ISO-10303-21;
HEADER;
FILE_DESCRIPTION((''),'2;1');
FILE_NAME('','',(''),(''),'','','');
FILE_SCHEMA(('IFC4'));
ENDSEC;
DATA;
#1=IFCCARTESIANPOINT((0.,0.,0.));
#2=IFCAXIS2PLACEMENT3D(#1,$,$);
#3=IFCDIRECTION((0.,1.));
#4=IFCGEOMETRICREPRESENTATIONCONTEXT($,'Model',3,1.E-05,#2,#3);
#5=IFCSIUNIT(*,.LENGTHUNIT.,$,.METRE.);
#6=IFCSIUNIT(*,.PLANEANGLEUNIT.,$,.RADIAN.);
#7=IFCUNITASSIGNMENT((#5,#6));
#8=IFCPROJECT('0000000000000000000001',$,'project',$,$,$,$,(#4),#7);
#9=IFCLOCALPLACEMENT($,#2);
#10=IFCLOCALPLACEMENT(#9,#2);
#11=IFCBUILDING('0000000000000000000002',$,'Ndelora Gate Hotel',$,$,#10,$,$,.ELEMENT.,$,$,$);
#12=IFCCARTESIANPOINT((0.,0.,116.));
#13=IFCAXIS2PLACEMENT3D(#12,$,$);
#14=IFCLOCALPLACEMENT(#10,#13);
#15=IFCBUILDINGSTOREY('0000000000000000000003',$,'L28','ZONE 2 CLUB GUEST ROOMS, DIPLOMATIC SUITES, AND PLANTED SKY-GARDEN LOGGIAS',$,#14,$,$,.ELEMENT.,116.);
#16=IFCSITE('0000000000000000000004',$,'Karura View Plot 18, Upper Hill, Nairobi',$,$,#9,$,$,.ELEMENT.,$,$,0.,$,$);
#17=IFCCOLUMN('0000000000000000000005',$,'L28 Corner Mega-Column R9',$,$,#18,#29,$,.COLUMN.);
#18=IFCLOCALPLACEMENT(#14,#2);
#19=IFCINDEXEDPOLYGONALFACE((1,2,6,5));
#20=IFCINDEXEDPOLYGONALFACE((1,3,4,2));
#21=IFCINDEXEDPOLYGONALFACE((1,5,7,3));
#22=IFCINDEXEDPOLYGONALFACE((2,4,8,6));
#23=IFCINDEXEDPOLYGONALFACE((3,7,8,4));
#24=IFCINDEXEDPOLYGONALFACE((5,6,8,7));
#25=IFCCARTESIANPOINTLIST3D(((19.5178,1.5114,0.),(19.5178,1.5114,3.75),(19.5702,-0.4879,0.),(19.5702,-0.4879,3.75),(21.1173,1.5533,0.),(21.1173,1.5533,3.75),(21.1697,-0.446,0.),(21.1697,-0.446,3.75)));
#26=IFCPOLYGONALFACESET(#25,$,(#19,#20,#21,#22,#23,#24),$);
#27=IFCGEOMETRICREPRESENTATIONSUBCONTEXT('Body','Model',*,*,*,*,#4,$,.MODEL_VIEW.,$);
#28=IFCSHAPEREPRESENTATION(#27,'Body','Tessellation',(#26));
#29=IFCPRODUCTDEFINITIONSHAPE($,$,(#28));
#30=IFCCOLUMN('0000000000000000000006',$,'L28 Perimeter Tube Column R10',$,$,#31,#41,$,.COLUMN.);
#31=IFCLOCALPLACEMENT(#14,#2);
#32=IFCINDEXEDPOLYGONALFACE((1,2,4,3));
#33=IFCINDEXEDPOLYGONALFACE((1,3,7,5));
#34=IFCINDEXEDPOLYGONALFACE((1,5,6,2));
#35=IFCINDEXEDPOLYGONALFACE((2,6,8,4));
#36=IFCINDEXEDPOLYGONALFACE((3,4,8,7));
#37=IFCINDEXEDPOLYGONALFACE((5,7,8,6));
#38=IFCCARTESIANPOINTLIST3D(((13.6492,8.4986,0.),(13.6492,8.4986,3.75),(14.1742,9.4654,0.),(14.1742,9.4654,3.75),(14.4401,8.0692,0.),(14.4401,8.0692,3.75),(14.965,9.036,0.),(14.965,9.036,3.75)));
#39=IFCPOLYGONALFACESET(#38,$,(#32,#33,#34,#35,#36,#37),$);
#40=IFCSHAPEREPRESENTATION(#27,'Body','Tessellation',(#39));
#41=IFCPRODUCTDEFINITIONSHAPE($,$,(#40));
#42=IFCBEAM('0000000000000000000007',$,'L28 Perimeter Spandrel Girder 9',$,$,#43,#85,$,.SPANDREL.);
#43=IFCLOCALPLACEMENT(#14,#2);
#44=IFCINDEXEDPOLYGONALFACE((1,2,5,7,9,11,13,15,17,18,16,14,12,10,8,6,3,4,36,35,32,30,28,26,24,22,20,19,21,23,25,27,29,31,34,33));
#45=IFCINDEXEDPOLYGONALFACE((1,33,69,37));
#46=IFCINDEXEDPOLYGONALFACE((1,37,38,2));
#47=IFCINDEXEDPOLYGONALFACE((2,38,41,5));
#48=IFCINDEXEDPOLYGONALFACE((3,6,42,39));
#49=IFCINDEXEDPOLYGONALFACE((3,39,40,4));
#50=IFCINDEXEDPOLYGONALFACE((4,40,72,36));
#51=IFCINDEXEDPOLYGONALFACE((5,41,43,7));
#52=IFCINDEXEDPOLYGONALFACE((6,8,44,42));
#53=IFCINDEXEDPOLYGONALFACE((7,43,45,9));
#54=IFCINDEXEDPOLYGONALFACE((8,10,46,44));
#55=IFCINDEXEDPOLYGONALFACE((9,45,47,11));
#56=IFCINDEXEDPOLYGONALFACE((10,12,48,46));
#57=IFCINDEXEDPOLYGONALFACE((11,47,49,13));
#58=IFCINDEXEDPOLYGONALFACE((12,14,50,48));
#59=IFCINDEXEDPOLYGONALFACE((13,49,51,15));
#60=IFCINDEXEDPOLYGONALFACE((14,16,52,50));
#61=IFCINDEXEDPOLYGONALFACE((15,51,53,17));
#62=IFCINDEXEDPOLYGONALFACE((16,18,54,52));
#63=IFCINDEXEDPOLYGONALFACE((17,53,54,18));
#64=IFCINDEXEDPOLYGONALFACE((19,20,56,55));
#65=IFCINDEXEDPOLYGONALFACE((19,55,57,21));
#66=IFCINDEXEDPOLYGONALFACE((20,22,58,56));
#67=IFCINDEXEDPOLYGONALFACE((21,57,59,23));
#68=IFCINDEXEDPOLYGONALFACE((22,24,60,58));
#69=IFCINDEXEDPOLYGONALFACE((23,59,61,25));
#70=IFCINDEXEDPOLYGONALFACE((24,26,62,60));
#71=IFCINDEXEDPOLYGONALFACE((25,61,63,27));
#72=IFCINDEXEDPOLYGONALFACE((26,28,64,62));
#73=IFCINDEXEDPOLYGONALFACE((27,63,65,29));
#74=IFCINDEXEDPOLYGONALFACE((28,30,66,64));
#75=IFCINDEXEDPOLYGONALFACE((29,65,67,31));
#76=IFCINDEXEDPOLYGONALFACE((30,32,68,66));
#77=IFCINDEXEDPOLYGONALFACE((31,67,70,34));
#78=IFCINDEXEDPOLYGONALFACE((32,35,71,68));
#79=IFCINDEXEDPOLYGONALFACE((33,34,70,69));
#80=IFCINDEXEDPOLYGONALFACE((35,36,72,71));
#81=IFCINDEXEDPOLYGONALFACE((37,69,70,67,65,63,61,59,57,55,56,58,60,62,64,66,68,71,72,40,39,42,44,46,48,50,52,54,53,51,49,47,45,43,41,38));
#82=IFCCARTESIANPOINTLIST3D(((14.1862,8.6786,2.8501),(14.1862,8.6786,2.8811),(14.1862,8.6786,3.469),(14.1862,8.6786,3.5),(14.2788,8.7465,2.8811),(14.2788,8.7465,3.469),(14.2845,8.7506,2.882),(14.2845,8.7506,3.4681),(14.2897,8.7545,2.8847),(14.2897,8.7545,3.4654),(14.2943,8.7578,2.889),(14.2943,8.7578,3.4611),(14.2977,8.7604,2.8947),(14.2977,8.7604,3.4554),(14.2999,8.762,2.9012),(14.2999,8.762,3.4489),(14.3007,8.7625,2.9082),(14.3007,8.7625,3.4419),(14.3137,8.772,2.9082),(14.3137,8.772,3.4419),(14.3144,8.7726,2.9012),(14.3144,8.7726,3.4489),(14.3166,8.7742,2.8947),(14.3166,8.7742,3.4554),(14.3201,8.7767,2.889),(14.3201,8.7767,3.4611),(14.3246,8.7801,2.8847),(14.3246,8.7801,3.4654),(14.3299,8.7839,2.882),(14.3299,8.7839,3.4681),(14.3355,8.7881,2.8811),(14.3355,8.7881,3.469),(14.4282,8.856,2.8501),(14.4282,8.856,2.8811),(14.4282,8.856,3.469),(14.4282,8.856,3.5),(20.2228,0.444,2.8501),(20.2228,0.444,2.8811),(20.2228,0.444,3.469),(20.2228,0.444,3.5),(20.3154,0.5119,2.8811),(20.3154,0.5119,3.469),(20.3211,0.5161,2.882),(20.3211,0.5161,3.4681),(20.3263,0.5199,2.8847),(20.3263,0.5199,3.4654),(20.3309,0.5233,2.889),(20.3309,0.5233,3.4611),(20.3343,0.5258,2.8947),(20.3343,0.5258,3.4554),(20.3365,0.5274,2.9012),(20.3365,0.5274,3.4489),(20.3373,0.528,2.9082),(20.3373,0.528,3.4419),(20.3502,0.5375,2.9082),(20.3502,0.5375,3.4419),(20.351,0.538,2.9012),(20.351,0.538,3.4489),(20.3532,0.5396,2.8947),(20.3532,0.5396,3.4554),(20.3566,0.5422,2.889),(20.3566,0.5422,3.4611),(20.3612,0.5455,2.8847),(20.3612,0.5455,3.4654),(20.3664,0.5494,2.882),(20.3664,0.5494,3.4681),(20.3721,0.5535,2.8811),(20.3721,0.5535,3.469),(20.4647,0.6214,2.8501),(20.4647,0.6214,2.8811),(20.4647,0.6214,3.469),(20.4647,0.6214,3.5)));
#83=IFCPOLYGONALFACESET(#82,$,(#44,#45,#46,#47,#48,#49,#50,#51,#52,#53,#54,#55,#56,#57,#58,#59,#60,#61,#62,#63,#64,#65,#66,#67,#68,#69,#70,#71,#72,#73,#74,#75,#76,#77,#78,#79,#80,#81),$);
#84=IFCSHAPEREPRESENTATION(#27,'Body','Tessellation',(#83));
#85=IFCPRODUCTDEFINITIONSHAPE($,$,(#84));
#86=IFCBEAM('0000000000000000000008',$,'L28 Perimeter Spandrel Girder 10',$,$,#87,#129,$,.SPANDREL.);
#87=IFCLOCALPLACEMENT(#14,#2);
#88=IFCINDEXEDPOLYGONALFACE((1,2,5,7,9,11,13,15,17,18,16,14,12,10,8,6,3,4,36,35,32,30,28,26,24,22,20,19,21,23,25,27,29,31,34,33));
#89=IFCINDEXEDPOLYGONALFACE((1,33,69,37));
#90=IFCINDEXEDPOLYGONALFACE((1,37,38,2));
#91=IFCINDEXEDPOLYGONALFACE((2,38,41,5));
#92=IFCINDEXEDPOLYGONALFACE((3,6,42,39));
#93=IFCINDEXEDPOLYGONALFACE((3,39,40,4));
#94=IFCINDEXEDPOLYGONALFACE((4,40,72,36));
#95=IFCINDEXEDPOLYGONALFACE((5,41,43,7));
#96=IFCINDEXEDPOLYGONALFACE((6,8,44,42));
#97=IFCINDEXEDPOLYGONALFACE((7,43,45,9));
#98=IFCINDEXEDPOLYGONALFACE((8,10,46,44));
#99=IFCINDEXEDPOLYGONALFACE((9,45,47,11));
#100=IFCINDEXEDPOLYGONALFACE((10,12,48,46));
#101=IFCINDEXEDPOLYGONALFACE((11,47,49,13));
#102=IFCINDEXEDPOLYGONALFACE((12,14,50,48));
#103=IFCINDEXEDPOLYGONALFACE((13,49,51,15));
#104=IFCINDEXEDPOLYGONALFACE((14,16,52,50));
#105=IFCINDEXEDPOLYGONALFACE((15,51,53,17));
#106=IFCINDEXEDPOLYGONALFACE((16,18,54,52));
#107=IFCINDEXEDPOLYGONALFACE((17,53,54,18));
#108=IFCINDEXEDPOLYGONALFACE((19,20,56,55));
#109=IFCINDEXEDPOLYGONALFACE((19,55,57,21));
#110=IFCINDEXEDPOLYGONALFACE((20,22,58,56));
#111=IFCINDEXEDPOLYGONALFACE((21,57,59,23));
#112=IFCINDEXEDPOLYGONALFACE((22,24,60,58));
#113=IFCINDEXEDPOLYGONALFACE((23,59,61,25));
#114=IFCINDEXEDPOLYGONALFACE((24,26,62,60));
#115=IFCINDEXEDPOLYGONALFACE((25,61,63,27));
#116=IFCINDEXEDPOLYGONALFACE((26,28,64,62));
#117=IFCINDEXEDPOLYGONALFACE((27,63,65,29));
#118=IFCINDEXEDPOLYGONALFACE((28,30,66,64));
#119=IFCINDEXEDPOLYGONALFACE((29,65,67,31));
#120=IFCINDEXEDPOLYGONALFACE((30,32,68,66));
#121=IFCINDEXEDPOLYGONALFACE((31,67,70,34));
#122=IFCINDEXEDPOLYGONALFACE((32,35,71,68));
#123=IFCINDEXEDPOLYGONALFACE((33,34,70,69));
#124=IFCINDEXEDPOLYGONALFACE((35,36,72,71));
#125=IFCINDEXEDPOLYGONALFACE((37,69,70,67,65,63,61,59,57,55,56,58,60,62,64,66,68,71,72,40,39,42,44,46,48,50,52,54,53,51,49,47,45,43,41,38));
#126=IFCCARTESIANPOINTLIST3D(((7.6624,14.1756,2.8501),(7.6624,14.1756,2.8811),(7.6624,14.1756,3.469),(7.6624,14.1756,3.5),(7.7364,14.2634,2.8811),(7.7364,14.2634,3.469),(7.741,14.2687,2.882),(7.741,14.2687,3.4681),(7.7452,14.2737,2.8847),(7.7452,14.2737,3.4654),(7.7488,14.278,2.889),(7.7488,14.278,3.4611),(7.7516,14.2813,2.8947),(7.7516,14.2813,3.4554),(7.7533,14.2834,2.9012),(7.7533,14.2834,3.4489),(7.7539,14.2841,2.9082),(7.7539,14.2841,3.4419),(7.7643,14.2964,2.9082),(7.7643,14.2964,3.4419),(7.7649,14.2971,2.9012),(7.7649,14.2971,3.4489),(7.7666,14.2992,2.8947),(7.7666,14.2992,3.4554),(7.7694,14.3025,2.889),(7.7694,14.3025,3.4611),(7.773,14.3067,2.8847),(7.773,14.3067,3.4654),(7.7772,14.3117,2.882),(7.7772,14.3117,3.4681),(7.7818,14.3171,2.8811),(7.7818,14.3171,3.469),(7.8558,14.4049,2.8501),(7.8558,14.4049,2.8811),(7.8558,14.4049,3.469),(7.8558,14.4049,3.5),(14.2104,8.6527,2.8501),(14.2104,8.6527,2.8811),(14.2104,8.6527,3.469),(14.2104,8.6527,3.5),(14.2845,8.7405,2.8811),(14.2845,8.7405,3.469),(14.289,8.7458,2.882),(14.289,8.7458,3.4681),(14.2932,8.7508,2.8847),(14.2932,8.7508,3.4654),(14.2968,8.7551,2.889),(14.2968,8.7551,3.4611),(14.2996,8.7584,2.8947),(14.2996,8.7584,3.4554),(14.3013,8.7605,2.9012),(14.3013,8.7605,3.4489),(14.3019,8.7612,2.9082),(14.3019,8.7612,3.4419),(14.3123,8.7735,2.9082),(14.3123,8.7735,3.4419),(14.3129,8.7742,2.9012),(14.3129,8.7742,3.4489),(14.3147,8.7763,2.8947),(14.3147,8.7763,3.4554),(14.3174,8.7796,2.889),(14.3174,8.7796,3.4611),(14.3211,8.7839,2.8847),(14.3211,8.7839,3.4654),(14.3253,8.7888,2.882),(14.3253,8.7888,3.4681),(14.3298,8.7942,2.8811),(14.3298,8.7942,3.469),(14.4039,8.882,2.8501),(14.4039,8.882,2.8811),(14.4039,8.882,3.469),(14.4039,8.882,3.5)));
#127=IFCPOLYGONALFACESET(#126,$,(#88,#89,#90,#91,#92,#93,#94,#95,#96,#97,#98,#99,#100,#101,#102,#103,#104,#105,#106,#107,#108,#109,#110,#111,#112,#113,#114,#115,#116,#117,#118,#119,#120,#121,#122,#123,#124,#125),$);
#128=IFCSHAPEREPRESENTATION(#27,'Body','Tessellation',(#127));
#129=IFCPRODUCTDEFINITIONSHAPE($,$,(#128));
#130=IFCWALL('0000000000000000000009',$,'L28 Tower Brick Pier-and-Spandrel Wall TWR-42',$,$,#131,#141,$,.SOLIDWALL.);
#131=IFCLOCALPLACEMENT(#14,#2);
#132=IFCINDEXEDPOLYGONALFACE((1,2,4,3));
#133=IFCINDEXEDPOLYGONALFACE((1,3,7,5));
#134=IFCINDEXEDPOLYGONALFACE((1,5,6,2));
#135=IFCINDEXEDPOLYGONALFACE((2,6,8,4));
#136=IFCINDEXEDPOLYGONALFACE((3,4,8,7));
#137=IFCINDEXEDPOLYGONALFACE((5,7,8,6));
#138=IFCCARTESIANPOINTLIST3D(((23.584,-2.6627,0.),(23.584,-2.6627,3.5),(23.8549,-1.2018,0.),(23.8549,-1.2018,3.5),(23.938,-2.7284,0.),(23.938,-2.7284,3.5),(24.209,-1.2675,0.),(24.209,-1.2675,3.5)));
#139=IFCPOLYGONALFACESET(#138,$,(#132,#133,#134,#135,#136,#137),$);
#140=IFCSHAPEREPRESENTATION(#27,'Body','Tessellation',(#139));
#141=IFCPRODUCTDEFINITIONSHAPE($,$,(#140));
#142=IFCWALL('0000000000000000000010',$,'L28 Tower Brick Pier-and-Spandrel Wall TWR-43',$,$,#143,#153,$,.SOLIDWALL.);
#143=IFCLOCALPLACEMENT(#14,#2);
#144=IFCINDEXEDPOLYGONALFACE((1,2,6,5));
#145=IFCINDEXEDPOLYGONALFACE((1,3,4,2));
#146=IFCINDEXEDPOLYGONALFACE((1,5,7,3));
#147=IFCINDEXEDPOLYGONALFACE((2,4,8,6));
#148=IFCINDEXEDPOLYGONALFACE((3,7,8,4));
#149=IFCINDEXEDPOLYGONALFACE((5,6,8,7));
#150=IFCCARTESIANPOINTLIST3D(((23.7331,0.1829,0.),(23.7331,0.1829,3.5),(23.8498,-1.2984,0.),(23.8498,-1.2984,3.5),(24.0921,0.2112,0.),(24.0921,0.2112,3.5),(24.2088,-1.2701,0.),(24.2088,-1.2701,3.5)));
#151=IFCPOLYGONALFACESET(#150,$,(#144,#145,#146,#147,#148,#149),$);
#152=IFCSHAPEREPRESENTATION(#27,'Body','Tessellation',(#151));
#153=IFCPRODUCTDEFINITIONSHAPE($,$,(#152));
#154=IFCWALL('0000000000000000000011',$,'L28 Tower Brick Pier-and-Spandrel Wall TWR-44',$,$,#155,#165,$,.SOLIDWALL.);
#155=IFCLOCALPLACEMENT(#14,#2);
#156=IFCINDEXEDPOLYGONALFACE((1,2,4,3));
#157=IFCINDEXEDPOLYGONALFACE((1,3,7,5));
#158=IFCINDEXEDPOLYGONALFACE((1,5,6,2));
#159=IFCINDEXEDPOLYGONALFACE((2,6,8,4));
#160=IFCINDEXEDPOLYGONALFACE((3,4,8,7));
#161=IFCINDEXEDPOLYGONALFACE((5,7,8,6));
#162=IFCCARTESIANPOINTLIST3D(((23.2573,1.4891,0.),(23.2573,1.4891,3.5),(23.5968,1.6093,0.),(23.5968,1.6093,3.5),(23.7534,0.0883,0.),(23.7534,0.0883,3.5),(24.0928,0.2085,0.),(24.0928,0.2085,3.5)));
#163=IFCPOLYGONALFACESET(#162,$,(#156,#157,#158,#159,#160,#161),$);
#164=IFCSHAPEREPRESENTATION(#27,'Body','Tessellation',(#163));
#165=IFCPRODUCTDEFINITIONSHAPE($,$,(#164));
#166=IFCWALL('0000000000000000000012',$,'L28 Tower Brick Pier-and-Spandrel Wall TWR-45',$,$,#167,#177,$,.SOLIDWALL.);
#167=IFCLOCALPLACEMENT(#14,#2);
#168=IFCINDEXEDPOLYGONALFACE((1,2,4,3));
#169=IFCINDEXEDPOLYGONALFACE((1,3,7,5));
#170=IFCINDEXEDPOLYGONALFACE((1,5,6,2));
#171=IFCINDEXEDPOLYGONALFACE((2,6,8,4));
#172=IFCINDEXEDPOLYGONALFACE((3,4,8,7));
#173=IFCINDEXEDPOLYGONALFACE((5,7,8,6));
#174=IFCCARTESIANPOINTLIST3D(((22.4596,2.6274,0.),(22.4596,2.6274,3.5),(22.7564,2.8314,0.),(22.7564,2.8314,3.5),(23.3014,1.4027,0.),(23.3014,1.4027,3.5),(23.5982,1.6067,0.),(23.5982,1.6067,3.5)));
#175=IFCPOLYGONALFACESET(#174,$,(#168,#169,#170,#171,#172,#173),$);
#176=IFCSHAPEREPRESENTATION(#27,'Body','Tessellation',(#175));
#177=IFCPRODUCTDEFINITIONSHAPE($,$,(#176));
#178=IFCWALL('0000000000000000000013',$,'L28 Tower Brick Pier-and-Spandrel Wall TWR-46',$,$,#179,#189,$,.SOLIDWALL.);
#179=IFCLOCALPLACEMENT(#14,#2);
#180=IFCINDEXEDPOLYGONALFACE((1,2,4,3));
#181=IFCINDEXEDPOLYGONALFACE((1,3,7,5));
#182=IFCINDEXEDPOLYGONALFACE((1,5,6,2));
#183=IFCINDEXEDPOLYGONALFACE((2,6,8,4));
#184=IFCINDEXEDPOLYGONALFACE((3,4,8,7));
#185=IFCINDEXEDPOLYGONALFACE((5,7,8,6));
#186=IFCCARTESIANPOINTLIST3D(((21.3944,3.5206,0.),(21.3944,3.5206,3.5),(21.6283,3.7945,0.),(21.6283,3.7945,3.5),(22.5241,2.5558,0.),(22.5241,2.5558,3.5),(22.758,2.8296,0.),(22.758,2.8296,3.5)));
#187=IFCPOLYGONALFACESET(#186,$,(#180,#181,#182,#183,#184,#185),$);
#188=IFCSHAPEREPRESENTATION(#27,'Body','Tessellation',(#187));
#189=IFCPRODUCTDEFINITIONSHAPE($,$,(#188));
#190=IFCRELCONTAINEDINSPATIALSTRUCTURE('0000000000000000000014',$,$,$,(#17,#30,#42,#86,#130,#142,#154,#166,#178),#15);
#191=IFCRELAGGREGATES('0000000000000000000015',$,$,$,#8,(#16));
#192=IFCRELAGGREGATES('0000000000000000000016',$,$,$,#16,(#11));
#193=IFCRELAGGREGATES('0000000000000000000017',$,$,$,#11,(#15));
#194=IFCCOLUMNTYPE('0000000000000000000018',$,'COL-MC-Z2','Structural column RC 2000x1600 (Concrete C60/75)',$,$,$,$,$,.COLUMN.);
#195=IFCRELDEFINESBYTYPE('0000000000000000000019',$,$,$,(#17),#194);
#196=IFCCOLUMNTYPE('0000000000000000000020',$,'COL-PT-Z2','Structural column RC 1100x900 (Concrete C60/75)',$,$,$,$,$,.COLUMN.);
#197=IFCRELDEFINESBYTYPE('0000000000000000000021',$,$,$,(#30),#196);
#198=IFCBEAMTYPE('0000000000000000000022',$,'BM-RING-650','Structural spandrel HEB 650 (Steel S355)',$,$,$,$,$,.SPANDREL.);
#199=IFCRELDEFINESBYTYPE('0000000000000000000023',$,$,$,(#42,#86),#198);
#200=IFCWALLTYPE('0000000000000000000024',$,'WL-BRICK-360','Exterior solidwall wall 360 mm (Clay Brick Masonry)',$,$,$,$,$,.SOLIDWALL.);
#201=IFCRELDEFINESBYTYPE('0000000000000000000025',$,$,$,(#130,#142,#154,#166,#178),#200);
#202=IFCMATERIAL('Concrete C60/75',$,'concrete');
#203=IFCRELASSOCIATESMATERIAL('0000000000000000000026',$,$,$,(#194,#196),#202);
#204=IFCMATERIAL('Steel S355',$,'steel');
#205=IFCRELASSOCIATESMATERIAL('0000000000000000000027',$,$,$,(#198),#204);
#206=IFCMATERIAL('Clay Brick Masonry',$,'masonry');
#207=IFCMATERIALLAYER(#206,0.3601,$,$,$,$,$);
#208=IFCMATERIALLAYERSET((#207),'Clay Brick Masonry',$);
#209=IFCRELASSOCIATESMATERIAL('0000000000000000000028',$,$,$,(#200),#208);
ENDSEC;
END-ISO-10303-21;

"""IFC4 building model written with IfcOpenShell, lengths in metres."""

from ifc_helpers import new_model, si_unit, direction, frame, frame_2d, origin, origin_2d, place, context, subcontext, project, spatial, rectangle, i_section, extrude, material, layer, layer_set, material_profile, profile_set, type_object, element, save


model = new_model("IFC4")

# Units and contexts
model_context = context("Model", 3, precision=1e-05, world=origin(), true_north=direction((0.0, 1.0)))
body_context = subcontext(model_context, "Body", "Model", "MODEL_VIEW")
ifc_project = project(units=[si_unit("LENGTHUNIT", "METRE"), si_unit("PLANEANGLEUNIT", "RADIAN")], contexts=[model_context])

# Site, building, storey
site_placement = place(None, origin())
site = spatial("IfcSite", under=ifc_project, at=site_placement, Name="Karura View Plot 18, Upper Hill, Nairobi", CompositionType="ELEMENT", RefElevation=0.0)
building_placement = place(site_placement, origin())
building = spatial("IfcBuilding", under=site, at=building_placement, Name="Ndelora Gate Hotel", CompositionType="ELEMENT")
storey_placement = place(building_placement, frame((0.0, 0.0, 116.0)))
storey = spatial("IfcBuildingStorey", under=building, at=storey_placement, Name="L28", Description="ZONE 2 CLUB GUEST ROOMS, DIPLOMATIC SUITES, AND PLANTED SKY-GARDEN LOGGIAS", CompositionType="ELEMENT", Elevation=116.0)

# Columns
ifc_material_1 = material(Name="Concrete C60/75", Category="concrete")
ifc_material_profile_1 = material_profile(ifc_material_1, rectangle(XDim=1.6001, YDim=2.0, at=origin_2d()), Name="RC 2000x1600")
ifc_profile_set_1 = profile_set([ifc_material_profile_1], Name="Concrete C60/75")
column_type_1 = type_object("IfcColumnType", Name="COL-MC-Z2", Description="Structural column RC 2000x1600 (Concrete C60/75)", PredefinedType="COLUMN", material=ifc_profile_set_1)
column_1_placement = place(storey_placement, frame((20.3438, 0.5327, 0.0), z_axis=(0.0, 0.0, 1.0), x_axis=(0.999657, 0.026177, 0.0)))
element("IfcColumn", 1, at=column_1_placement, inside=storey, type_object=column_type_1, Name="L28 Corner Mega-Column R9", PredefinedType="COLUMN", context=body_context, shape_type="SweptSolid", body=[
    extrude(rectangle(XDim=1.6001, YDim=2.0, at=origin_2d()), origin(), (0.0, 0.0, 1.0), 3.75),
])
ifc_material_profile_2 = material_profile(ifc_material_1, rectangle(XDim=0.8999, YDim=1.1001, at=origin_2d()), Name="RC 1100x900")
ifc_profile_set_2 = profile_set([ifc_material_profile_2], Name="Concrete C60/75")
column_type_2 = type_object("IfcColumnType", Name="COL-PT-Z2", Description="Structural column RC 1100x900 (Concrete C60/75)", PredefinedType="COLUMN", material=ifc_profile_set_2)
column_2_placement = place(storey_placement, frame((14.3071, 8.7673, 0.0), z_axis=(0.0, 0.0, 1.0), x_axis=(-0.878817, 0.477159, 0.0)))
element("IfcColumn", 2, at=column_2_placement, inside=storey, type_object=column_type_2, Name="L28 Perimeter Tube Column R10", PredefinedType="COLUMN", context=body_context, shape_type="SweptSolid", body=[
    extrude(rectangle(XDim=0.8999, YDim=1.1001, at=origin_2d()), origin(), (0.0, 0.0, 1.0), 3.75),
])

# Beams
ifc_material_2 = material(Name="Steel S355", Category="steel")
ifc_material_profile_3 = material_profile(ifc_material_2, i_section(OverallWidth=0.3, OverallDepth=0.6499, WebThickness=0.0161, FlangeThickness=0.031, FilletRadius=0.0271, at=origin_2d()), Name="HEB 650")
ifc_profile_set_3 = profile_set([ifc_material_profile_3], Name="Steel S355")
beam_type = type_object("IfcBeamType", Name="BM-RING-650", Description="Structural spandrel HEB 650 (Steel S355)", PredefinedType="SPANDREL", material=ifc_profile_set_3)
beam_1_placement = place(storey_placement, frame((20.3438, 0.5327, 3.175), z_axis=(-0.59123, 0.806503, 0.0), x_axis=(-0.806503, -0.59123, 0.0)))
element("IfcBeam", 3, at=beam_1_placement, inside=storey, type_object=beam_type, Name="L28 Perimeter Spandrel Girder 9", PredefinedType="SPANDREL", context=body_context, shape_type="SweptSolid", body=[
    extrude(i_section(OverallWidth=0.3, OverallDepth=0.6499, WebThickness=0.0161, FlangeThickness=0.031, FilletRadius=0.0271, at=origin_2d()), origin(), (0.0, 0.0, 1.0), 10.2102),
])
beam_2_placement = place(storey_placement, frame((14.3071, 8.7673, 3.175), z_axis=(-0.764407, 0.644734, 0.0), x_axis=(-0.644734, -0.764407, 0.0)))
element("IfcBeam", 4, at=beam_2_placement, inside=storey, type_object=beam_type, Name="L28 Perimeter Spandrel Girder 10", PredefinedType="SPANDREL", context=body_context, shape_type="SweptSolid", body=[
    extrude(i_section(OverallWidth=0.3, OverallDepth=0.6499, WebThickness=0.0161, FlangeThickness=0.031, FilletRadius=0.0271, at=origin_2d()), origin(), (0.0, 0.0, 1.0), 8.5662),
])

# Walls
ifc_material_3 = material(Name="Clay Brick Masonry", Category="masonry")
ifc_layer_1 = layer(ifc_material_3, 0.3601)
ifc_layer_set_1 = layer_set([ifc_layer_1], Name="Clay Brick Masonry")
wall_type_1 = type_object("IfcWallType", Name="WL-BRICK-360", Description="Exterior solidwall wall 360 mm (Clay Brick Masonry)", PredefinedType="SOLIDWALL", material=ifc_layer_set_1)
for number, where, z_axis, x_axis, name in (
    (5, (24.032, -1.2346, 0.0), (0.0, 0.0, 1.0), (-0.182383, -0.983227, 0.0), "L28 Tower Brick Pier-and-Spandrel Wall TWR-42"),
    (6, (23.9126, 0.197, 0.0), (0.0, 0.0, 1.0), (0.078543, -0.996911, 0.0), "L28 Tower Brick Pier-and-Spandrel Wall TWR-43"),
):
    element("IfcWall", number, at=place(storey_placement, frame(where, z_axis=z_axis, x_axis=x_axis)), inside=storey, type_object=wall_type_1, Name=name, PredefinedType="SOLIDWALL", context=body_context, shape_type="SweptSolid", body=[
        extrude(rectangle(XDim=1.4858, YDim=0.3601, at=frame_2d((0.7429, 0.0))), origin(), (0.0, 0.0, 1.0), 3.5),
    ])
for number, where, z_axis, x_axis, name in (
    (7, (23.427, 1.5493, 0.0), (0.0, 0.0, 1.0), (0.333817, -0.942638, 0.0), "L28 Tower Brick Pier-and-Spandrel Wall TWR-44"),
    (8, (22.6079, 2.7295, 0.0), (0.0, 0.0, 1.0), (0.566473, -0.82408, 0.0), "L28 Tower Brick Pier-and-Spandrel Wall TWR-45"),
):
    element("IfcWall", number, at=place(storey_placement, frame(where, z_axis=z_axis, x_axis=x_axis)), inside=storey, type_object=wall_type_1, Name=name, PredefinedType="SOLIDWALL", context=body_context, shape_type="SweptSolid", body=[
        extrude(rectangle(XDim=1.4861, YDim=0.3601, at=frame_2d((0.7432, 0.0))), origin(), (0.0, 0.0, 1.0), 3.5),
    ])
wall_1_placement = place(storey_placement, frame((21.5115, 3.6575, 0.0), z_axis=(0.0, 0.0, 1.0), x_axis=(0.760392, -0.649464, 0.0)))
element("IfcWall", 9, at=wall_1_placement, inside=storey, type_object=wall_type_1, Name="L28 Tower Brick Pier-and-Spandrel Wall TWR-46", PredefinedType="SOLIDWALL", context=body_context, shape_type="SweptSolid", body=[
    extrude(rectangle(XDim=1.4856, YDim=0.3601, at=frame_2d((0.7427, 0.0))), origin(), (0.0, 0.0, 1.0), 3.5),
])

save(model, "model.ifc")
